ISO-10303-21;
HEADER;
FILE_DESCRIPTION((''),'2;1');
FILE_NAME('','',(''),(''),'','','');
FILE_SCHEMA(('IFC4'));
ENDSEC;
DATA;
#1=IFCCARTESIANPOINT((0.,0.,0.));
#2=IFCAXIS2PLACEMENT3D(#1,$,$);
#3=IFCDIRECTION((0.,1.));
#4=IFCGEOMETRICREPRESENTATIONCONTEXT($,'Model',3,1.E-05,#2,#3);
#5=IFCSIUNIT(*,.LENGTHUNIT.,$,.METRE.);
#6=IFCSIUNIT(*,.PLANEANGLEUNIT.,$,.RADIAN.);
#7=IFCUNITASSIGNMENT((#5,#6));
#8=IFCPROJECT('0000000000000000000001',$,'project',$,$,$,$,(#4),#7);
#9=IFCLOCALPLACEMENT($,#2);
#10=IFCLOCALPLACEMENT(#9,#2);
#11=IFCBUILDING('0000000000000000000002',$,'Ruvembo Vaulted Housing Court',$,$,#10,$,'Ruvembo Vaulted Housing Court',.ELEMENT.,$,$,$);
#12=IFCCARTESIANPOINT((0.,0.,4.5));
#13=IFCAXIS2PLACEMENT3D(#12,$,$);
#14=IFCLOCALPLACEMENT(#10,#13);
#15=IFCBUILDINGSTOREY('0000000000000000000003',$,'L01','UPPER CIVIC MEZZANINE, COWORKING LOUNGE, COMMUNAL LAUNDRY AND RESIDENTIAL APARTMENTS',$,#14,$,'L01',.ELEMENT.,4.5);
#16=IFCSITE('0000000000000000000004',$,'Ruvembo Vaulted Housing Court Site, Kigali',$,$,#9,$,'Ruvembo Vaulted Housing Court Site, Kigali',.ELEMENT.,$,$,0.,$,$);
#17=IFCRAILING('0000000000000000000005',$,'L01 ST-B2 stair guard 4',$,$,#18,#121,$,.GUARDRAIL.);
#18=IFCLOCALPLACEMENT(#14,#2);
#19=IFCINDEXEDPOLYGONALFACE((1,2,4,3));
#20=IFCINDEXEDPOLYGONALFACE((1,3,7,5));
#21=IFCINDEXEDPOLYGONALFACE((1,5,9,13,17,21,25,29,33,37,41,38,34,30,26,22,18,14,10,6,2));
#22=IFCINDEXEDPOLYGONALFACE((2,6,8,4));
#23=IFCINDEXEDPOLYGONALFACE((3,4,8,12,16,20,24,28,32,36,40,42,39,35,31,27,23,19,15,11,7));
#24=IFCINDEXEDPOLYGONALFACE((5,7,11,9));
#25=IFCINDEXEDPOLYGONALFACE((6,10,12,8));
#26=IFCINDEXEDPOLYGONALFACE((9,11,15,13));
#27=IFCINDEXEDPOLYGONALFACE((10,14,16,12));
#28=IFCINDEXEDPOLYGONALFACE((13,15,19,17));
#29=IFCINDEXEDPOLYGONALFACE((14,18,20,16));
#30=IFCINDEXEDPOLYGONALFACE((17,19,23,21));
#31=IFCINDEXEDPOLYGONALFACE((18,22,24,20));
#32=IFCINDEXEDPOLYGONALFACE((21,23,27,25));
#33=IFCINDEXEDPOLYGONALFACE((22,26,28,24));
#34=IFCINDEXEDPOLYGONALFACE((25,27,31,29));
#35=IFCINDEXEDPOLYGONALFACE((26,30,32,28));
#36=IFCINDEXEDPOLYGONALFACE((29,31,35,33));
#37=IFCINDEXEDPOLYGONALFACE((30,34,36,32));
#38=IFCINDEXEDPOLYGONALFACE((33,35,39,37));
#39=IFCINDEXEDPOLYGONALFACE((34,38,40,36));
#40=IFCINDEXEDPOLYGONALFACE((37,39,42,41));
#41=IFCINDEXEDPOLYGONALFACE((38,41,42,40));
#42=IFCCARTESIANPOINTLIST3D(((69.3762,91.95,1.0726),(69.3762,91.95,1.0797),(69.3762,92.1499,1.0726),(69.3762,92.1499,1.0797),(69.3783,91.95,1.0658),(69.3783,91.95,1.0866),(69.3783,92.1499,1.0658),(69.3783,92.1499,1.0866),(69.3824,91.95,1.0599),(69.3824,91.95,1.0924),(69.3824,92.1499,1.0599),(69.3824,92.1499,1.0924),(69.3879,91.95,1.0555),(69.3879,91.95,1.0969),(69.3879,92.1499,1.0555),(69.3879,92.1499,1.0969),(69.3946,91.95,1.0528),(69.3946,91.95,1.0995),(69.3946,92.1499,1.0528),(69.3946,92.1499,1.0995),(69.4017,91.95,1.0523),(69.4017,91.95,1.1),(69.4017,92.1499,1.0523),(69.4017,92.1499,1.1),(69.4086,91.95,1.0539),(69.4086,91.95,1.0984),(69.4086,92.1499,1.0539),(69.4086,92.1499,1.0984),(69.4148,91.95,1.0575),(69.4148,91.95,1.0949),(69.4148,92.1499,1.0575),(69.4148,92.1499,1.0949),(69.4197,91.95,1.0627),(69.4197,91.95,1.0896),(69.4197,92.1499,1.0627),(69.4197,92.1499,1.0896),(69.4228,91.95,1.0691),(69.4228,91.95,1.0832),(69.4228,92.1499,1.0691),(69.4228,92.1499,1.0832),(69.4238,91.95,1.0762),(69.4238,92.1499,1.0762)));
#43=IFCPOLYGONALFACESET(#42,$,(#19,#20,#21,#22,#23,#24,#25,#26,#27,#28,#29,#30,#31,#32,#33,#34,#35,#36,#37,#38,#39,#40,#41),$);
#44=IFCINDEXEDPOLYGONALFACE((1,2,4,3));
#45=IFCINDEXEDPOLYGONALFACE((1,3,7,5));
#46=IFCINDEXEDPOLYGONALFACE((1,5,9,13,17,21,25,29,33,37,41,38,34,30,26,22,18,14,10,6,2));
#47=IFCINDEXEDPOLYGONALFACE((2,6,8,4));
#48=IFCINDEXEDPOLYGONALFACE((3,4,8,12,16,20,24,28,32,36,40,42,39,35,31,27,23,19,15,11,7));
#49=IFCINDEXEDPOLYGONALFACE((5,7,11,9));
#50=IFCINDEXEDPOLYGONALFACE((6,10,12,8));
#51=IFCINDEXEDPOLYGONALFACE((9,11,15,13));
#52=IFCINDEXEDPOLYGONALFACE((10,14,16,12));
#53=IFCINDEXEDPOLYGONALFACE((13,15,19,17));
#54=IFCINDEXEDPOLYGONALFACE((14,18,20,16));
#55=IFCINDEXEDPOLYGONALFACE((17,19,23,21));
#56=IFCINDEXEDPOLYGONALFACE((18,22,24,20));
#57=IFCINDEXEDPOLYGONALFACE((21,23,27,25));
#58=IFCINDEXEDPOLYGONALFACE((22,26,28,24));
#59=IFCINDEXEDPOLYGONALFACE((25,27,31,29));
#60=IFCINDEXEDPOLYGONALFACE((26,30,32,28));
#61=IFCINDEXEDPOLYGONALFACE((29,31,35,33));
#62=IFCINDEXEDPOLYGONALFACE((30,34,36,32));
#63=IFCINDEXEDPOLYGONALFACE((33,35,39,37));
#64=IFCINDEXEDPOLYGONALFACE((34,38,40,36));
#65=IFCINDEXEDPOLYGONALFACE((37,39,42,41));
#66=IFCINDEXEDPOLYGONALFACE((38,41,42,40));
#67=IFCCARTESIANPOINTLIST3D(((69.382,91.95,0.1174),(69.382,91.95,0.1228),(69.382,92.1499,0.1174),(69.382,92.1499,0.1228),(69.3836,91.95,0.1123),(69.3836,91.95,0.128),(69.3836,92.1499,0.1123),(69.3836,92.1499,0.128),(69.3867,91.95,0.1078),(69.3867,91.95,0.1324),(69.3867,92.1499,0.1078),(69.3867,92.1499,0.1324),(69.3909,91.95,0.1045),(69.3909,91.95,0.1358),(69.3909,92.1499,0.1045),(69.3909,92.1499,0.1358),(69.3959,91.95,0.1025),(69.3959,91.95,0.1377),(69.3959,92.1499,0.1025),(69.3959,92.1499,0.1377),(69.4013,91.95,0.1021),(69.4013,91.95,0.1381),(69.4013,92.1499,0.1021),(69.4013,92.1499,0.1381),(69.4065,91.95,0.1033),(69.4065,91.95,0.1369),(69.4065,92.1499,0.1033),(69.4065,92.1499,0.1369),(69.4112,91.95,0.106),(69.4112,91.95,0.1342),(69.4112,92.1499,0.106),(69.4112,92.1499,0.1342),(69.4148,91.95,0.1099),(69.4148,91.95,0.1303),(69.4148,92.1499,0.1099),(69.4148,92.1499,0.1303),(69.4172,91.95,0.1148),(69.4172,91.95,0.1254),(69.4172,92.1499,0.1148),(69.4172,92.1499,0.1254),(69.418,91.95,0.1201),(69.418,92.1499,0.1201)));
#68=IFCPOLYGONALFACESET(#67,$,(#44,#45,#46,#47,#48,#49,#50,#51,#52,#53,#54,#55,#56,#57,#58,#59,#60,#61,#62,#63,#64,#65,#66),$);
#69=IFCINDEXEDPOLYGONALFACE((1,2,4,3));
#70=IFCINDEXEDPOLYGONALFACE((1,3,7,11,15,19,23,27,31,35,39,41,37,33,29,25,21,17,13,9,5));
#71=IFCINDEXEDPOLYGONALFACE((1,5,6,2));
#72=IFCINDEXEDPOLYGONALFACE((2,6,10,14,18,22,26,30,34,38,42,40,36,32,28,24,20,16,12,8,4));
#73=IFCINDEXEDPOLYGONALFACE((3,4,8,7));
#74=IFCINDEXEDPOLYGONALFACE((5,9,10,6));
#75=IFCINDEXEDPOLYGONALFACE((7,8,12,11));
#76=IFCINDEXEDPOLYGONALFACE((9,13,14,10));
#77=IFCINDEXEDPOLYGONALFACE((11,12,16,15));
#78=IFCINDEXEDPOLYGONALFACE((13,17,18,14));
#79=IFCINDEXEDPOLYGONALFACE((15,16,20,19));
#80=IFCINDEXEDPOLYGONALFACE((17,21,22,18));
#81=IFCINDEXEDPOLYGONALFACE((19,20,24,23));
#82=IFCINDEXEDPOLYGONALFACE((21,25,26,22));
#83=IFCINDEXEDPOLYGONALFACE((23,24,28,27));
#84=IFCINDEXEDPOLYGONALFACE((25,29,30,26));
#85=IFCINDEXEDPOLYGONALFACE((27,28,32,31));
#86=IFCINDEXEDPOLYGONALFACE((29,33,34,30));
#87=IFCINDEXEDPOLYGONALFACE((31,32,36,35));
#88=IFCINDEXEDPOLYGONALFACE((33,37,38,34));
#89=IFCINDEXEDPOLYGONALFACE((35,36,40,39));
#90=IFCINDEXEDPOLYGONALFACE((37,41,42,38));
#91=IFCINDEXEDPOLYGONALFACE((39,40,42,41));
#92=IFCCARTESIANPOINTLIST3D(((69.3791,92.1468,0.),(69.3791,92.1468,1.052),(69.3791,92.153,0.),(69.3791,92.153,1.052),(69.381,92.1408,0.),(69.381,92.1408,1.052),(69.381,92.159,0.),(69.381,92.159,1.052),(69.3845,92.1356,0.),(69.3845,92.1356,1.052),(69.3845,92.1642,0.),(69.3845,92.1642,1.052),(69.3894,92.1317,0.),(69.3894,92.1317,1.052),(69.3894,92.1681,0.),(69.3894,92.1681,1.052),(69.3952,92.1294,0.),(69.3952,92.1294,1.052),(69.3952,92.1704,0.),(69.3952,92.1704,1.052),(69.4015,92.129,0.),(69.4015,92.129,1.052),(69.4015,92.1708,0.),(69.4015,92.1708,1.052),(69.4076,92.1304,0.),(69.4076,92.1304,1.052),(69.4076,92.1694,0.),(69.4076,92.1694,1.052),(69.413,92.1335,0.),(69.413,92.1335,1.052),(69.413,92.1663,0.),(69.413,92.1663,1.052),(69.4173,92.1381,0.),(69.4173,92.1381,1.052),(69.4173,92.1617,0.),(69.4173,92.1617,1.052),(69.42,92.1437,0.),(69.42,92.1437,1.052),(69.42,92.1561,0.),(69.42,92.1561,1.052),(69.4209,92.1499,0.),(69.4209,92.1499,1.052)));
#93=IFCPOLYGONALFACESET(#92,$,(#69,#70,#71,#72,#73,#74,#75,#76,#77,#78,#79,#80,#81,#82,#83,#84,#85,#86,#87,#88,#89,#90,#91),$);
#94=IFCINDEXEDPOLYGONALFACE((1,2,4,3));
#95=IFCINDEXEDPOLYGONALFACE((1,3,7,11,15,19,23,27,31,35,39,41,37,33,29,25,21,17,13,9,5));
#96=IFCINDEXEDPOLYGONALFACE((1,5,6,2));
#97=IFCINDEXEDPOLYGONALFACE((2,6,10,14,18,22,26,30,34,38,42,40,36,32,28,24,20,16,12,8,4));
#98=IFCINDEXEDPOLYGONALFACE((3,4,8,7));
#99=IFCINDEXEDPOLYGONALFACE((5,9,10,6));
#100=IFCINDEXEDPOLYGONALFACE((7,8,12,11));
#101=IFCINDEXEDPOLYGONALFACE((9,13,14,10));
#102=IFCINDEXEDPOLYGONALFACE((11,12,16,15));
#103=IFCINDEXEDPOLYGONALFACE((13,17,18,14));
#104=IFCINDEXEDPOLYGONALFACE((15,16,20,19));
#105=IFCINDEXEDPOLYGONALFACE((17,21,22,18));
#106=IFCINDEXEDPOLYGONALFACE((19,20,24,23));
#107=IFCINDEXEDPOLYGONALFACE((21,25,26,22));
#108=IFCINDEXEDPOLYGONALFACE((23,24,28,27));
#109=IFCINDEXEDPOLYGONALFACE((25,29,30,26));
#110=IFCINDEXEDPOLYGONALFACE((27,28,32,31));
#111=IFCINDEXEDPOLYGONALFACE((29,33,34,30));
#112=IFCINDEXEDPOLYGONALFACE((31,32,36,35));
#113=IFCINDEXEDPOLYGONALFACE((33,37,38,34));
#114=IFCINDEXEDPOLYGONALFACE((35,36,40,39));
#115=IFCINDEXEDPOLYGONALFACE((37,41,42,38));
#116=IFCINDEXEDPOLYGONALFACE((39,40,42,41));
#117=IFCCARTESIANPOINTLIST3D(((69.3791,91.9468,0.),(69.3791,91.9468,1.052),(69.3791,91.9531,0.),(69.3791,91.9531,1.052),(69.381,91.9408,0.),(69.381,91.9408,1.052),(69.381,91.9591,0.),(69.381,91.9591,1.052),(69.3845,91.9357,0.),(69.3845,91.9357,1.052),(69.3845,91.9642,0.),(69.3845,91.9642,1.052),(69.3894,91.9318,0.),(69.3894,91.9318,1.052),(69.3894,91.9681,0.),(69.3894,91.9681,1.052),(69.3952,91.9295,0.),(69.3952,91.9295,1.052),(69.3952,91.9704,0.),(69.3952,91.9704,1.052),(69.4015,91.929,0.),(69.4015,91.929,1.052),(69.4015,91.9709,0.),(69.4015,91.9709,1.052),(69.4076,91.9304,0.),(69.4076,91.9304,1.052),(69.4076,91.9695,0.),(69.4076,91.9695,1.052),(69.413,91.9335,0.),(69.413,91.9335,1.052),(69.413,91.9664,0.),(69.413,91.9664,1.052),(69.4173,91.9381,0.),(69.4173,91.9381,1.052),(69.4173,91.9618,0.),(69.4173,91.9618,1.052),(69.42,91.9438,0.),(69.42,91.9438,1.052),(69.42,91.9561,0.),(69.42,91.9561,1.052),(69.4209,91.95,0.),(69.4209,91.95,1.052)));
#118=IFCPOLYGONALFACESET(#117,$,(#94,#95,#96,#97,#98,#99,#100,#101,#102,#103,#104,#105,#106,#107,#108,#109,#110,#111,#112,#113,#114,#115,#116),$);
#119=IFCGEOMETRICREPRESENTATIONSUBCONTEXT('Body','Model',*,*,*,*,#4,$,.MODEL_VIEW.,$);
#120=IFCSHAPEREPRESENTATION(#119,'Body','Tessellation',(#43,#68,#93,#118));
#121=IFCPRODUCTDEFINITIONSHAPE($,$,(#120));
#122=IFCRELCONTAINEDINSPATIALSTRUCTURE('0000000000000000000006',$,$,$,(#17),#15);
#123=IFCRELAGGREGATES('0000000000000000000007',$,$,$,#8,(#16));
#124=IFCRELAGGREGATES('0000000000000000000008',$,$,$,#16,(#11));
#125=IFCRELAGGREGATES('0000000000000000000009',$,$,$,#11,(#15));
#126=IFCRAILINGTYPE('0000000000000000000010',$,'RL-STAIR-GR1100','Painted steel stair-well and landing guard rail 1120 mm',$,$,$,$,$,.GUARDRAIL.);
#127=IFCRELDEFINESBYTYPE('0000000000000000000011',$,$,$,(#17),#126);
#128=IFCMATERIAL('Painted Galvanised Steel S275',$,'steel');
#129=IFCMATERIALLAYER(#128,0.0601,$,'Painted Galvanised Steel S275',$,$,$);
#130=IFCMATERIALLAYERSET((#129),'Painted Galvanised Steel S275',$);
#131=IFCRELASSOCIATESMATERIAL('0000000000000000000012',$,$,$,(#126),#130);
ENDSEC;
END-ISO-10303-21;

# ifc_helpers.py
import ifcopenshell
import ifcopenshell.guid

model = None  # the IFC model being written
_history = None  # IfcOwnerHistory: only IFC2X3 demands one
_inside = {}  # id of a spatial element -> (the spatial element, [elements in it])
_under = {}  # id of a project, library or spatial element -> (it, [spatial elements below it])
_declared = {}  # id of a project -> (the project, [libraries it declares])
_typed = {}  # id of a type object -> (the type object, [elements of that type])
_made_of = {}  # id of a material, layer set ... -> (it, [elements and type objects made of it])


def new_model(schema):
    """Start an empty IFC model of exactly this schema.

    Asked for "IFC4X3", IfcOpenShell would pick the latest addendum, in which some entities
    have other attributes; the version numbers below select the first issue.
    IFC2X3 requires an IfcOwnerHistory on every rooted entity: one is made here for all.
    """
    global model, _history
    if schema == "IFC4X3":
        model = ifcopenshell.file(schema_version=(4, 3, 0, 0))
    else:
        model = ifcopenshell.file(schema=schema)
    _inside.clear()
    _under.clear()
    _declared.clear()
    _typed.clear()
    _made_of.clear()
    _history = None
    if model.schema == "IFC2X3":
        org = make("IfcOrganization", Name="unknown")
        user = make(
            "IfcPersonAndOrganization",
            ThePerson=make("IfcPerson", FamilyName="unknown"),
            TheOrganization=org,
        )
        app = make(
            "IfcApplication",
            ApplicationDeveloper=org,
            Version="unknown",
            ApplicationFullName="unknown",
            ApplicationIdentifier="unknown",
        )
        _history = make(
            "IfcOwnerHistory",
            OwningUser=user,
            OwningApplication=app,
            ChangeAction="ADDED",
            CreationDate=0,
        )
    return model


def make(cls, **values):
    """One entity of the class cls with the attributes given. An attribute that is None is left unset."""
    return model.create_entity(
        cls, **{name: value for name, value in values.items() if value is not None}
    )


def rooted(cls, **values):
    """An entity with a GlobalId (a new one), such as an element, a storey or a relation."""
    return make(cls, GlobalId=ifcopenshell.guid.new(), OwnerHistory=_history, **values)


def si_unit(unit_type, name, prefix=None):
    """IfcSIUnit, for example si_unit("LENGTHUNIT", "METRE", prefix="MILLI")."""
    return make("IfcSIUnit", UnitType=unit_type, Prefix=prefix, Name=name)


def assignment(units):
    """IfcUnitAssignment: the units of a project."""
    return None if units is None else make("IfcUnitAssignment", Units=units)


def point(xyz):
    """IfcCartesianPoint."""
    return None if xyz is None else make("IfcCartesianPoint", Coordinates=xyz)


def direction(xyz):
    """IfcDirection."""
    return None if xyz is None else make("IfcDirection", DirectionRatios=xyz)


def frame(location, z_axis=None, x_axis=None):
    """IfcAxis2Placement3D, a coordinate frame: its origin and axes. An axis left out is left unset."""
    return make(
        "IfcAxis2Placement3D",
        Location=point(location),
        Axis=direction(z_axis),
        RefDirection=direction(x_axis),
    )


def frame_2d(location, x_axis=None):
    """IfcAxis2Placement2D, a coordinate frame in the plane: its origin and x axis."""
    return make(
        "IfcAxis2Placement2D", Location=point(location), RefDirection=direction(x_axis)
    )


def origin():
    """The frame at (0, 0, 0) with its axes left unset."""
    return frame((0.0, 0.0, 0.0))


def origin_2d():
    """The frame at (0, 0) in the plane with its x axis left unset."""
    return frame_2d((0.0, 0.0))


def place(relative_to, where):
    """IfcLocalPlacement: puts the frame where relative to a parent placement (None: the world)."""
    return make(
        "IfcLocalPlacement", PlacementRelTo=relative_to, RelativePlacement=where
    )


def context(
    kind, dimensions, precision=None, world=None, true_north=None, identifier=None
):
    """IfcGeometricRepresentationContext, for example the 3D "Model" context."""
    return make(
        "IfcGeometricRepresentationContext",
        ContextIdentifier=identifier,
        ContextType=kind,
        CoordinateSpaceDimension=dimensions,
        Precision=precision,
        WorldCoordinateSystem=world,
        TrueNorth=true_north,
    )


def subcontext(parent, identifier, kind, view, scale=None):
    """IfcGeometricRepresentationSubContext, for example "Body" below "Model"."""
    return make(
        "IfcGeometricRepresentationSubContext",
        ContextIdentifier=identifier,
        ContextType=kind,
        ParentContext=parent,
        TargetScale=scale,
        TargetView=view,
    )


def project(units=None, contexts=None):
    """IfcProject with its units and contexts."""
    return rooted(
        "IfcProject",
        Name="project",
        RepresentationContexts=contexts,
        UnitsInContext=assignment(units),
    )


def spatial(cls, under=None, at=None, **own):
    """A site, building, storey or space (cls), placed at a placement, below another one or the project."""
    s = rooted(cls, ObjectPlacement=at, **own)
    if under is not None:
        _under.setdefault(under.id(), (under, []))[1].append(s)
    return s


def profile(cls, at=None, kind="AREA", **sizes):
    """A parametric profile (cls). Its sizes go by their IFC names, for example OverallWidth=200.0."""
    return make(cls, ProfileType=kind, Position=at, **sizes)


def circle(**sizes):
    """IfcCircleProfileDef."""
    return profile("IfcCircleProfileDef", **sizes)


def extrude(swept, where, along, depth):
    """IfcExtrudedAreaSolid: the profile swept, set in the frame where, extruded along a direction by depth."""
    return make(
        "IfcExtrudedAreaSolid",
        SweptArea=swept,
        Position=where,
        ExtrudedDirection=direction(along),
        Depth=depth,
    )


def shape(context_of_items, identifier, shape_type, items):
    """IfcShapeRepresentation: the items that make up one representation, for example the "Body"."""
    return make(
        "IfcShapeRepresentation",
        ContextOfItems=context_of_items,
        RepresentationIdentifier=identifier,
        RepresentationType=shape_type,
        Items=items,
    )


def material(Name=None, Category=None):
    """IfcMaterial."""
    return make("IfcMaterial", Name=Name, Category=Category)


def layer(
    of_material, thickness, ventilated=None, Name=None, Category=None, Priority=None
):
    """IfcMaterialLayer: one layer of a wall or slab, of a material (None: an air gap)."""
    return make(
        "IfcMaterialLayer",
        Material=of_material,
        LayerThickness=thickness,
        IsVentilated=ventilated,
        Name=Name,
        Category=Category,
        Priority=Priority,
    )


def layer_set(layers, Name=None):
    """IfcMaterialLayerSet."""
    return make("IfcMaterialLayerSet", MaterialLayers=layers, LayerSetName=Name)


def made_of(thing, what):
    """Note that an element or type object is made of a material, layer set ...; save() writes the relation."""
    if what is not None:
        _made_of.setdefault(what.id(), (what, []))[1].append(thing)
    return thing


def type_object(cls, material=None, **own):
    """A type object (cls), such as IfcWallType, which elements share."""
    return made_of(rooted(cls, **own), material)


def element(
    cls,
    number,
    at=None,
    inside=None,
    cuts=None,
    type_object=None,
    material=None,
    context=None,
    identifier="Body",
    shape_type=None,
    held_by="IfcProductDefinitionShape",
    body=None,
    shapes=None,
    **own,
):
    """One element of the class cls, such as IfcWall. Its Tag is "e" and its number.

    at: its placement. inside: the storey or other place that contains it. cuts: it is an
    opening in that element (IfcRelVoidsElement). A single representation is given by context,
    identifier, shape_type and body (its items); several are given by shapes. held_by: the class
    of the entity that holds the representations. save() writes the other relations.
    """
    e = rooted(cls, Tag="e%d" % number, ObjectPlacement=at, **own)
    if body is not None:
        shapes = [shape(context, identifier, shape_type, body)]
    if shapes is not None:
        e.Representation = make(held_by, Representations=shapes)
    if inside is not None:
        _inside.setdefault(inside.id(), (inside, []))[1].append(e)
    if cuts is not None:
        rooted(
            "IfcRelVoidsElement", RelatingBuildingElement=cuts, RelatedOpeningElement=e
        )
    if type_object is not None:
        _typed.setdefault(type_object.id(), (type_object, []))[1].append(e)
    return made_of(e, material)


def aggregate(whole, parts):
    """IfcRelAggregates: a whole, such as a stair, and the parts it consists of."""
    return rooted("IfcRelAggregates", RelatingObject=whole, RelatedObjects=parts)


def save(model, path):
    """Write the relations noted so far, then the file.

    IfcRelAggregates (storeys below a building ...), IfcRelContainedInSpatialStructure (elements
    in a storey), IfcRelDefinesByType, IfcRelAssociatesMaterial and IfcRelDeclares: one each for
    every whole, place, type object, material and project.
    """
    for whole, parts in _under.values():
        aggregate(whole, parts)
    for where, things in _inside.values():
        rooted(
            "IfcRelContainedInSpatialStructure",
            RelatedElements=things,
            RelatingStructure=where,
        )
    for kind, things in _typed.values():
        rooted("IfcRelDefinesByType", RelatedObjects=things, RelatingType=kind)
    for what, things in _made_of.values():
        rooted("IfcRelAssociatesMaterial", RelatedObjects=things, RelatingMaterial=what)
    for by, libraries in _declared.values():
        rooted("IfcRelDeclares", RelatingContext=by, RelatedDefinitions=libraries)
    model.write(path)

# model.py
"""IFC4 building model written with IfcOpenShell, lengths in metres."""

from ifc_helpers import new_model, si_unit, direction, frame, origin, origin_2d, place, context, subcontext, project, spatial, circle, extrude, material, layer, layer_set, type_object, element, save


model = new_model("IFC4")

# Units and contexts
model_context = context("Model", 3, precision=1e-05, world=origin(), true_north=direction((0.0, 1.0)))
body_context = subcontext(model_context, "Body", "Model", "MODEL_VIEW")
ifc_project = project(units=[si_unit("LENGTHUNIT", "METRE"), si_unit("PLANEANGLEUNIT", "RADIAN")], contexts=[model_context])

# Site, building, storey
site_placement = place(None, origin())
site = spatial("IfcSite", under=ifc_project, at=site_placement, Name="Ruvembo Vaulted Housing Court Site, Kigali", LongName="Ruvembo Vaulted Housing Court Site, Kigali", CompositionType="ELEMENT", RefElevation=0.0)
building_placement = place(site_placement, origin())
building = spatial("IfcBuilding", under=site, at=building_placement, Name="Ruvembo Vaulted Housing Court", LongName="Ruvembo Vaulted Housing Court", CompositionType="ELEMENT")
storey_placement = place(building_placement, frame((0.0, 0.0, 4.5)))
storey = spatial("IfcBuildingStorey", under=building, at=storey_placement, Name="L01", Description="UPPER CIVIC MEZZANINE, COWORKING LOUNGE, COMMUNAL LAUNDRY AND RESIDENTIAL APARTMENTS", LongName="L01", CompositionType="ELEMENT", Elevation=4.5)

# Railing
ifc_material_1 = material(Name="Painted Galvanised Steel S275", Category="steel")
ifc_layer_1 = layer(ifc_material_1, 0.0601, Name="Painted Galvanised Steel S275")
ifc_layer_set_1 = layer_set([ifc_layer_1], Name="Painted Galvanised Steel S275")
railing_type_1 = type_object("IfcRailingType", Name="RL-STAIR-GR1100", Description="Painted steel stair-well and landing guard rail 1120 mm", PredefinedType="GUARDRAIL", material=ifc_layer_set_1)
railing_1_placement = place(storey_placement, frame((69.3999, 92.1499, 0.0)))
element("IfcRailing", 1, at=railing_1_placement, inside=storey, type_object=railing_type_1, Name="L01 ST-B2 stair guard 4", PredefinedType="GUARDRAIL", context=body_context, shape_type="SweptSolid", body=[
    extrude(circle(Radius=0.0239, at=origin_2d()), frame((0.0, 0.0, 1.0762), z_axis=(0.0, -1.0, 0.0), x_axis=(1.0, 0.0, 0.0)), (0.0, 0.0, 1.0), 0.2),
    extrude(circle(Radius=0.0181, at=origin_2d()), frame((0.0, 0.0, 0.1201), z_axis=(0.0, -1.0, 0.0), x_axis=(1.0, 0.0, 0.0)), (0.0, 0.0, 1.0), 0.2),
    extrude(circle(Radius=0.021, at=origin_2d()), origin(), (0.0, 0.0, 1.0), 1.052),
    extrude(circle(Radius=0.021, at=origin_2d()), frame((0.0, -0.2, 0.0)), (0.0, 0.0, 1.0), 1.052),
])

save(model, "model.ifc")
